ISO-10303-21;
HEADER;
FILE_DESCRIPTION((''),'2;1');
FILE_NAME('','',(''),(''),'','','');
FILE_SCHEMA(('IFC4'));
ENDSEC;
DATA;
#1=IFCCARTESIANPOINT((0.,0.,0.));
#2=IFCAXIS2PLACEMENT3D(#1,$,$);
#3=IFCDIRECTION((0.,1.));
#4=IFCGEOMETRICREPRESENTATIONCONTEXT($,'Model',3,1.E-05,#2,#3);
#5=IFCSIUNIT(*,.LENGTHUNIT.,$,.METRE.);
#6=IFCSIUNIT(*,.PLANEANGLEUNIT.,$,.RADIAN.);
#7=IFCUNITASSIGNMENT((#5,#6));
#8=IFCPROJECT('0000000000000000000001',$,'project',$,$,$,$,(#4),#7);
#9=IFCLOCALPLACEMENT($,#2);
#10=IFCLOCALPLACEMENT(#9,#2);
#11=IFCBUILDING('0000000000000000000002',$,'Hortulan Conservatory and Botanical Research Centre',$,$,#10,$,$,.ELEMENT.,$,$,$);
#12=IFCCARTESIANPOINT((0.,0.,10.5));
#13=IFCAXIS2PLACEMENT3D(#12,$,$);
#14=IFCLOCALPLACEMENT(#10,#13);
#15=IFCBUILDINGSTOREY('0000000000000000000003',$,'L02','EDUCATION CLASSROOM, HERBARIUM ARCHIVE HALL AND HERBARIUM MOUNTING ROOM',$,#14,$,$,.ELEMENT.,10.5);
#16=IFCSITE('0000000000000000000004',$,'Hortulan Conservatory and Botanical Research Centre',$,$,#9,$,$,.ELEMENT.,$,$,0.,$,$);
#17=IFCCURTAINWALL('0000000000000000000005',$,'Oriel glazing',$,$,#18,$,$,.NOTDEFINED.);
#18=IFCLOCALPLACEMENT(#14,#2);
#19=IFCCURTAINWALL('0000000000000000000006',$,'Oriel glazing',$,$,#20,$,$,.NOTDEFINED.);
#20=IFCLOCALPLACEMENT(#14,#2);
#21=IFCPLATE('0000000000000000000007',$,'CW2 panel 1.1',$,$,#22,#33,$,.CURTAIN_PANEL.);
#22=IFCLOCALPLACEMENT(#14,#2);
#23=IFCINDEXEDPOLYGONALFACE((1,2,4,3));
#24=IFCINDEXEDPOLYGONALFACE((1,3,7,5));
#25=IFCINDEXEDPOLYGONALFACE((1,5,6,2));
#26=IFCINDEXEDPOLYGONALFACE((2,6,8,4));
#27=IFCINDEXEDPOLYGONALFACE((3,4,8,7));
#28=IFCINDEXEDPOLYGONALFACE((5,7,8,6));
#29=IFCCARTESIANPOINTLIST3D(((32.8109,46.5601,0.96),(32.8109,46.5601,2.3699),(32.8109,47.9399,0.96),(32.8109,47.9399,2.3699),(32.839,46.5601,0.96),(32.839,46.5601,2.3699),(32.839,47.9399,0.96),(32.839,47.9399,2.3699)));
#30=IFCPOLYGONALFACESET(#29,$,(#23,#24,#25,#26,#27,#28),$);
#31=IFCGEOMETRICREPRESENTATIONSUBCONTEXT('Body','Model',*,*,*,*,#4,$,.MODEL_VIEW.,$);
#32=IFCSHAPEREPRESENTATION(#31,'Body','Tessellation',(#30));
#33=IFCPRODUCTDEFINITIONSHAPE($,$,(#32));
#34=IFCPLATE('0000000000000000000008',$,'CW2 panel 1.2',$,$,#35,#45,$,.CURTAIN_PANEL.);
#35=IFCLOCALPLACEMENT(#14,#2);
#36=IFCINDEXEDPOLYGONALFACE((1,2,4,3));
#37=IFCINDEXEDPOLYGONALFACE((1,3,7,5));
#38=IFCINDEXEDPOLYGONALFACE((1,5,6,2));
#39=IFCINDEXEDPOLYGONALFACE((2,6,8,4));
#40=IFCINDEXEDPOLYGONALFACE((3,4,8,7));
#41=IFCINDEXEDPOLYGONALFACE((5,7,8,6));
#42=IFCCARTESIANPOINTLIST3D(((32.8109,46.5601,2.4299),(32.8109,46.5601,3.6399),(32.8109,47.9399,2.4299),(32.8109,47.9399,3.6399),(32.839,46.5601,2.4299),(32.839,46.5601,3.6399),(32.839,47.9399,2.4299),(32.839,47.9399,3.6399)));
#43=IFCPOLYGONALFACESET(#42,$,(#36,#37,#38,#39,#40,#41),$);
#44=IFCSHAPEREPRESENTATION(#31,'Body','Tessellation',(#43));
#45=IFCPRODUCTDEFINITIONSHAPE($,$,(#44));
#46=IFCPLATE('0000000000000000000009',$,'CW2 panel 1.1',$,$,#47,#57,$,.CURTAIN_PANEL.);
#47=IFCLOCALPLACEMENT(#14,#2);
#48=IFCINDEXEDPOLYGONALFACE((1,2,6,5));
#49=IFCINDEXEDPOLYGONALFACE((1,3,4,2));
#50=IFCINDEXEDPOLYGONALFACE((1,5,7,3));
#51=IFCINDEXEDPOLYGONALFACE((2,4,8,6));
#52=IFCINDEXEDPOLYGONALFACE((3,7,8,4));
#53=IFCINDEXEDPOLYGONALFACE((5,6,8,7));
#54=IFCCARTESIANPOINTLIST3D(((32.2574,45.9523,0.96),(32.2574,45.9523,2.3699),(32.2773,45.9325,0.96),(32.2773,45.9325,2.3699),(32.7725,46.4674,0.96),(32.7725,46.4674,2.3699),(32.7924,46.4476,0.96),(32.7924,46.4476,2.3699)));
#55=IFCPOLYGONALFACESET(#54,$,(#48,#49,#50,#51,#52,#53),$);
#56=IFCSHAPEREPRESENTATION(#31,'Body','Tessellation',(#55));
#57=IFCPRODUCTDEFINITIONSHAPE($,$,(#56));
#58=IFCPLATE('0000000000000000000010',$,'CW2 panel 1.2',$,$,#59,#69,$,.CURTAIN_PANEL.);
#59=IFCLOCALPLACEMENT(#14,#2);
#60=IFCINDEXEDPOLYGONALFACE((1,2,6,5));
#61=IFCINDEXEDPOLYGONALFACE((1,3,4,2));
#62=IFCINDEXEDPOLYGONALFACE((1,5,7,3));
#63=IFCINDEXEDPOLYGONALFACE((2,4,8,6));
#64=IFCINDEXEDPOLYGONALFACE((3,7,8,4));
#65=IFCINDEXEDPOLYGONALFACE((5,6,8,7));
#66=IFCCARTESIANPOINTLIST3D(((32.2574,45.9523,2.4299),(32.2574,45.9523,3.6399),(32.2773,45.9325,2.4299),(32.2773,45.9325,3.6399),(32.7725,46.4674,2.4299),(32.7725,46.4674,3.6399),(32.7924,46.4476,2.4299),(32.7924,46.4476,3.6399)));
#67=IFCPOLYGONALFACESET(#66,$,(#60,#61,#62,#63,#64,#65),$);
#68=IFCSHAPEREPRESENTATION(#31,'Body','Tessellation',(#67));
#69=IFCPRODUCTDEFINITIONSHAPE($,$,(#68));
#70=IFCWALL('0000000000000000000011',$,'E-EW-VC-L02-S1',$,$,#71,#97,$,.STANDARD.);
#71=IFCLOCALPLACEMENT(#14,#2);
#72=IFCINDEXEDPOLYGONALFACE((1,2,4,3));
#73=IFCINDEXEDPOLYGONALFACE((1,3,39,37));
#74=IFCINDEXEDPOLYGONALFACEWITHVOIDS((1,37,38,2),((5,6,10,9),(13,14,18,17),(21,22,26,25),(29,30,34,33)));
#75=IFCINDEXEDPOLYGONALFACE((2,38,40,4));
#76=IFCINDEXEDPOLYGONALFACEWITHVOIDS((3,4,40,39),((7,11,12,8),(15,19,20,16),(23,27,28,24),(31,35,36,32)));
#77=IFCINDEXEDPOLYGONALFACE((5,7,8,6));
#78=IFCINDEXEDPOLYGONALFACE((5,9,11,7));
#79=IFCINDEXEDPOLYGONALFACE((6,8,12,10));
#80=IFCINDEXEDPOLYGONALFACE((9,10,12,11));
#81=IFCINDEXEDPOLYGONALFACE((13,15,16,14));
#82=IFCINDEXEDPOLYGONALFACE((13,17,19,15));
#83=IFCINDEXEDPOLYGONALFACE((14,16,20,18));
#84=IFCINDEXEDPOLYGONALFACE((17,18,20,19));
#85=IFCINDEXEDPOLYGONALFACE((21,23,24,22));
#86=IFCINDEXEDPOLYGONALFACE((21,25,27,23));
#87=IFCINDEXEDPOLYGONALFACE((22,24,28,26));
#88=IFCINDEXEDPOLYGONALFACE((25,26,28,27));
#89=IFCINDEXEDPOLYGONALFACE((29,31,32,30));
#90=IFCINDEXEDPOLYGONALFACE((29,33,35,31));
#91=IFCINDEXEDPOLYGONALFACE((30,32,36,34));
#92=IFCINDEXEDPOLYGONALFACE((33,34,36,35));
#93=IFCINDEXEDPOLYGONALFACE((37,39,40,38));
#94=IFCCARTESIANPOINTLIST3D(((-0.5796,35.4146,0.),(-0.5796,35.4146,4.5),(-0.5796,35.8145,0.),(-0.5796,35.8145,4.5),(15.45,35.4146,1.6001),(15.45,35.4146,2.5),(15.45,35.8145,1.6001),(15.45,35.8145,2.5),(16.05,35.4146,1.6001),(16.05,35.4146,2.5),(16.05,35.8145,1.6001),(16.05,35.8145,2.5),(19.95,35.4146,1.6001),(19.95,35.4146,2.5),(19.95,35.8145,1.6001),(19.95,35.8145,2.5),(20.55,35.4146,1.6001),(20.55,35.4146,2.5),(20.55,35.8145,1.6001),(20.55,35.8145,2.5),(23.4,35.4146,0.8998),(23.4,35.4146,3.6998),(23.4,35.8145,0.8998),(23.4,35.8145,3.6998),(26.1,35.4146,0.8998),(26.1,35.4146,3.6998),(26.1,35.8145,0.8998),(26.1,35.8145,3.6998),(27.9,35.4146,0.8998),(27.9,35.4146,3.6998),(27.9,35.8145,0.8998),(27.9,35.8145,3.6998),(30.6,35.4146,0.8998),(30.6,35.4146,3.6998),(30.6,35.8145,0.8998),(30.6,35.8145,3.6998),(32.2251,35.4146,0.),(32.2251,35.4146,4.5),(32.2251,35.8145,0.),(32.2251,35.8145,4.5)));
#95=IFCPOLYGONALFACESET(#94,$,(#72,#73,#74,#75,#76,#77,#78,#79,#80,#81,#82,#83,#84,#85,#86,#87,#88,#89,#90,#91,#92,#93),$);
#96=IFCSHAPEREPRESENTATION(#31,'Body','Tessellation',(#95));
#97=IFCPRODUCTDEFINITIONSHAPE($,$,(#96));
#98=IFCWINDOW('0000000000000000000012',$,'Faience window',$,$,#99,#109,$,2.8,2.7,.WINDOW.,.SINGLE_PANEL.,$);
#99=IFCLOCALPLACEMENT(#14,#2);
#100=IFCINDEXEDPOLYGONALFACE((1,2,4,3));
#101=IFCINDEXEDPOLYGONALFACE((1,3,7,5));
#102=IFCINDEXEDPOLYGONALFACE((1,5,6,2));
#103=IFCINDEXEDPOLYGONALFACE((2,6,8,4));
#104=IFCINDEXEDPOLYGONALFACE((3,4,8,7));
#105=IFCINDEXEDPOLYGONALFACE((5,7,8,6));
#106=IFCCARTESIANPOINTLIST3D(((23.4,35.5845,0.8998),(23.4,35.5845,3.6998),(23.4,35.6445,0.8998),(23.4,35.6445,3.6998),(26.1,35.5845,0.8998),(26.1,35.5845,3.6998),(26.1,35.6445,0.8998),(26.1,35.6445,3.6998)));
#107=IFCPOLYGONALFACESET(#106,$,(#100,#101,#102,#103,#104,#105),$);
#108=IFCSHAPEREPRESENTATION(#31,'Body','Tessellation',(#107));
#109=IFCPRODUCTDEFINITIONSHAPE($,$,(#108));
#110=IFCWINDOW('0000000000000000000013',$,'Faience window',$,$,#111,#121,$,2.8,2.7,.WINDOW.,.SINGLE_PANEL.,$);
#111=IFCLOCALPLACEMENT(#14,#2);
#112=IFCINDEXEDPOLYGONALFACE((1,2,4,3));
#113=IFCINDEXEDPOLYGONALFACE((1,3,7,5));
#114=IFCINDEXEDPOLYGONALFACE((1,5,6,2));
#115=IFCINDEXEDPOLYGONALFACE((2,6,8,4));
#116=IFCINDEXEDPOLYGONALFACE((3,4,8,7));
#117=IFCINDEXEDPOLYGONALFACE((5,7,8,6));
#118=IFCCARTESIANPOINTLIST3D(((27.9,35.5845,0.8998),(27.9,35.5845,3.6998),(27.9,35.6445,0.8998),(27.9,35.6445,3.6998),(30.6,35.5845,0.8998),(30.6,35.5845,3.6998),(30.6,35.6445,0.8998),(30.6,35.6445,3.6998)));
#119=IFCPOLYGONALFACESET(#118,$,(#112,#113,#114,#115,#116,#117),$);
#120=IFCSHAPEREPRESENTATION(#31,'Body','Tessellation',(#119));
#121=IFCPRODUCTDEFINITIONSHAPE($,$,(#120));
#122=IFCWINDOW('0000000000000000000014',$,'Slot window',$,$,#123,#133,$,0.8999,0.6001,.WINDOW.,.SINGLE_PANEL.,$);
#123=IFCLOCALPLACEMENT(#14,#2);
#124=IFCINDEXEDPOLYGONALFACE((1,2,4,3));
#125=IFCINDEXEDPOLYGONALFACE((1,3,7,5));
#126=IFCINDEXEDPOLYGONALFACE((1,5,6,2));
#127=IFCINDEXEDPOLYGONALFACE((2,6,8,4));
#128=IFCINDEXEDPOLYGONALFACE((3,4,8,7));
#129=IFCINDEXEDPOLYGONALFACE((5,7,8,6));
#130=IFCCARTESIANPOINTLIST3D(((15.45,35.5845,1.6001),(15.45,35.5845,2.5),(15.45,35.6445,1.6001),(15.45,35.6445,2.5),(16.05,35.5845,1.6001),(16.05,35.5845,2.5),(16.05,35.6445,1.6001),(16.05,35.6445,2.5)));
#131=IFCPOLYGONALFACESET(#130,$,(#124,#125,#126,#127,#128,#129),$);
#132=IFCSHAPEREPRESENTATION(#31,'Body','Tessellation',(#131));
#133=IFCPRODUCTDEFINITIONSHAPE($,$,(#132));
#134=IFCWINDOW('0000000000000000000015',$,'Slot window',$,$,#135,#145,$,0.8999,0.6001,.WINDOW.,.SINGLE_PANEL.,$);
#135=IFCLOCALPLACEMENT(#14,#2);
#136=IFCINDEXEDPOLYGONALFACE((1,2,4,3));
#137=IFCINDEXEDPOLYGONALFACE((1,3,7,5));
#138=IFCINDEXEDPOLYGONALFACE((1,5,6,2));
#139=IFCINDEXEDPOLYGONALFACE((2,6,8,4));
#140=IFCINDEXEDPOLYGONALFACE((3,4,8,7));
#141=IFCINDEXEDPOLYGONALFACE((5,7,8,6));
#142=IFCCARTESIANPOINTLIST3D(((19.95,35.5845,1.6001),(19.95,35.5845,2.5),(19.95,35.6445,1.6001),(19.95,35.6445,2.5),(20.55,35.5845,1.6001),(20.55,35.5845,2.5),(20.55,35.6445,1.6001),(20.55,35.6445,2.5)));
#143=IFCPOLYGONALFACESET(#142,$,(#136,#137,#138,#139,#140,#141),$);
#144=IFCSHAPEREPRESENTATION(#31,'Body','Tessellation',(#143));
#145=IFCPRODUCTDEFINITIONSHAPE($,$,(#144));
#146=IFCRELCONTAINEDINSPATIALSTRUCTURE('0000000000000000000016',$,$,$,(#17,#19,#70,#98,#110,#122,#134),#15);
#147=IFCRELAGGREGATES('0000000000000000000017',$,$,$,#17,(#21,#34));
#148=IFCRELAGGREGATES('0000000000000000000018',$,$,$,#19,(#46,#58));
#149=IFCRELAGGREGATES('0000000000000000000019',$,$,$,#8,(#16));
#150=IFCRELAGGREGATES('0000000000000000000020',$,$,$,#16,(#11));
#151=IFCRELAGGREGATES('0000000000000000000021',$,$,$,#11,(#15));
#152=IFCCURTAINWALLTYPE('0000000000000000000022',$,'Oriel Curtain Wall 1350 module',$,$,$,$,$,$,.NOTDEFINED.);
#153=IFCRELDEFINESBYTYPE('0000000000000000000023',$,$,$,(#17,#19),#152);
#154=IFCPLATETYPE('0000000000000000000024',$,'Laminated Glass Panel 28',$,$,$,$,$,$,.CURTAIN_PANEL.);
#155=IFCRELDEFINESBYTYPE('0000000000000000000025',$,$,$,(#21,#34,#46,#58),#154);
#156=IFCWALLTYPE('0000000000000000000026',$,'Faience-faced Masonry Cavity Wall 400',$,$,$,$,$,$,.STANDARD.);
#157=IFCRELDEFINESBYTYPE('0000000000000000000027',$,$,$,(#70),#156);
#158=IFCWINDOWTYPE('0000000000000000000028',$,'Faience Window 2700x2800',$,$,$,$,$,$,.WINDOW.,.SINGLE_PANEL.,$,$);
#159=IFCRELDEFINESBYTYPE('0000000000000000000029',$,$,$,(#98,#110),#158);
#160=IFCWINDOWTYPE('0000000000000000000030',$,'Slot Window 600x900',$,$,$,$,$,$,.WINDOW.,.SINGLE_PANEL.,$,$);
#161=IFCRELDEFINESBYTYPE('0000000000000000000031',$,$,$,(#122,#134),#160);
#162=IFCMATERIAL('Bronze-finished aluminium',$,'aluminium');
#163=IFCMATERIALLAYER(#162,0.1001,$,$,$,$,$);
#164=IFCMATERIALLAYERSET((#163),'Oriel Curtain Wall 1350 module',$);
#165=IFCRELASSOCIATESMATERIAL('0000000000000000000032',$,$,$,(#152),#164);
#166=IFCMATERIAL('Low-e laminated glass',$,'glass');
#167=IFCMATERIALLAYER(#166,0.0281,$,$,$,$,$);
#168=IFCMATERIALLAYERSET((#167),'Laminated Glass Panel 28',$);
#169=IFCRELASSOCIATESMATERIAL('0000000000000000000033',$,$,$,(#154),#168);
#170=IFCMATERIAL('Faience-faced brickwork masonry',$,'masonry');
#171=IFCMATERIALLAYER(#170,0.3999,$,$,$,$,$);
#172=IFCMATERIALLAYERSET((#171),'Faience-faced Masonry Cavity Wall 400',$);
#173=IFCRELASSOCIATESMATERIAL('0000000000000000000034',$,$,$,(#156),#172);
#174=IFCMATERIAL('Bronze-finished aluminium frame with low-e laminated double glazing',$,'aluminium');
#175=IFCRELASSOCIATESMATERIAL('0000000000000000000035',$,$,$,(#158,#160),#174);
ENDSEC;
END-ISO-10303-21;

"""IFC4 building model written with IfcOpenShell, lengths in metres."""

from ifc_helpers import new_model, si_unit, direction, frame, frame_2d, origin, origin_2d, place, context, subcontext, project, spatial, rectangle, extrude, material, layer, layer_set, type_object, element, fill, aggregate, save


model = new_model("IFC4")

# Units and contexts
model_context = context("Model", 3, precision=1e-05, world=origin(), true_north=direction((0.0, 1.0)))
body_context = subcontext(model_context, "Body", "Model", "MODEL_VIEW")
ifc_project = project(units=[si_unit("LENGTHUNIT", "METRE"), si_unit("PLANEANGLEUNIT", "RADIAN")], contexts=[model_context])

# Site, building, storey
site_placement = place(None, origin())
site = spatial("IfcSite", under=ifc_project, at=site_placement, Name="Hortulan Conservatory and Botanical Research Centre", CompositionType="ELEMENT", RefElevation=0.0)
building_placement = place(site_placement, origin())
building = spatial("IfcBuilding", under=site, at=building_placement, Name="Hortulan Conservatory and Botanical Research Centre", CompositionType="ELEMENT")
storey_placement = place(building_placement, frame((0.0, 0.0, 10.5)))
storey = spatial("IfcBuildingStorey", under=building, at=storey_placement, Name="L02", Description="EDUCATION CLASSROOM, HERBARIUM ARCHIVE HALL AND HERBARIUM MOUNTING ROOM", CompositionType="ELEMENT", Elevation=10.5)

# Shared definitions
ifc_material_1 = material(Name="Bronze-finished aluminium", Category="aluminium")
ifc_layer_1 = layer(ifc_material_1, 0.1001)
ifc_layer_set_1 = layer_set([ifc_layer_1], Name="Oriel Curtain Wall 1350 module")
curtain_wall_type = type_object("IfcCurtainWallType", Name="Oriel Curtain Wall 1350 module", PredefinedType="NOTDEFINED", material=ifc_layer_set_1)

# Curtain walls
curtain_wall_1_placement = place(storey_placement, origin())
curtain_wall_1 = element("IfcCurtainWall", 1, at=curtain_wall_1_placement, inside=storey, type_object=curtain_wall_type, Name="Oriel glazing", PredefinedType="NOTDEFINED")
curtain_wall_2_placement = place(storey_placement, origin())
curtain_wall_2 = element("IfcCurtainWall", 2, at=curtain_wall_2_placement, inside=storey, type_object=curtain_wall_type, Name="Oriel glazing", PredefinedType="NOTDEFINED")

# Plates
ifc_material_2 = material(Name="Low-e laminated glass", Category="glass")
ifc_layer_2 = layer(ifc_material_2, 0.0281)
ifc_layer_set_2 = layer_set([ifc_layer_2], Name="Laminated Glass Panel 28")
plate_type = type_object("IfcPlateType", Name="Laminated Glass Panel 28", PredefinedType="CURTAIN_PANEL", material=ifc_layer_set_2)
plate_1_placement = place(storey_placement, frame((32.825, 47.25, 0.96), z_axis=(0.0, 0.0, 1.0), x_axis=(0.0, -1.0, 0.0)))
plate_1 = element("IfcPlate", 3, at=plate_1_placement, type_object=plate_type, Name="CW2 panel 1.1", PredefinedType="CURTAIN_PANEL", context=body_context, shape_type="SweptSolid", body=[
    extrude(rectangle(XDim=1.3799, YDim=0.0281, at=origin_2d()), origin(), (0.0, 0.0, 1.0), 1.4099),
])
plate_2_placement = place(storey_placement, frame((32.825, 47.25, 2.4299), z_axis=(0.0, 0.0, 1.0), x_axis=(0.0, -1.0, 0.0)))
plate_2 = element("IfcPlate", 4, at=plate_2_placement, type_object=plate_type, Name="CW2 panel 1.2", PredefinedType="CURTAIN_PANEL", context=body_context, shape_type="SweptSolid", body=[
    extrude(rectangle(XDim=1.3799, YDim=0.0281, at=origin_2d()), origin(), (0.0, 0.0, 1.0), 1.21),
])
aggregate(curtain_wall_1, [plate_1, plate_2])
plate_3_placement = place(storey_placement, frame((32.5249, 46.2, 0.96), z_axis=(0.0, 0.0, 1.0), x_axis=(-0.707107, -0.707107, 0.0)))
plate_3 = element("IfcPlate", 5, at=plate_3_placement, type_object=plate_type, Name="CW2 panel 1.1", PredefinedType="CURTAIN_PANEL", context=body_context, shape_type="SweptSolid", body=[
    extrude(rectangle(XDim=0.7285, YDim=0.0281, at=origin_2d()), origin(), (0.0, 0.0, 1.0), 1.4099),
])
plate_4_placement = place(storey_placement, frame((32.5249, 46.2, 2.4299), z_axis=(0.0, 0.0, 1.0), x_axis=(-0.707107, -0.707107, 0.0)))
plate_4 = element("IfcPlate", 6, at=plate_4_placement, type_object=plate_type, Name="CW2 panel 1.2", PredefinedType="CURTAIN_PANEL", context=body_context, shape_type="SweptSolid", body=[
    extrude(rectangle(XDim=0.7285, YDim=0.0281, at=origin_2d()), origin(), (0.0, 0.0, 1.0), 1.21),
])
aggregate(curtain_wall_2, [plate_3, plate_4])

# Wall, openings, windows
ifc_material_3 = material(Name="Faience-faced brickwork masonry", Category="masonry")
ifc_layer_3 = layer(ifc_material_3, 0.3999)
ifc_layer_set_3 = layer_set([ifc_layer_3], Name="Faience-faced Masonry Cavity Wall 400")
wall_type = type_object("IfcWallType", Name="Faience-faced Masonry Cavity Wall 400", PredefinedType="STANDARD", material=ifc_layer_set_3)
wall_placement = place(storey_placement, frame((32.2251, 35.6145, 0.0), z_axis=(0.0, 0.0, 1.0), x_axis=(-1.0, 0.0, 0.0)))
wall = element("IfcWall", 7, at=wall_placement, inside=storey, type_object=wall_type, Name="E-EW-VC-L02-S1", PredefinedType="STANDARD", context=body_context, shape_type="SweptSolid", body=[
    extrude(rectangle(XDim=32.8047, YDim=0.3999, at=frame_2d((16.4023, 0.0))), origin(), (0.0, 0.0, 1.0), 4.5),
])
opening_1_placement = place(wall_placement, frame((16.175, 0.0, 1.6001)))
opening_1 = element("IfcOpeningElement", 8, at=opening_1_placement, cuts=wall, PredefinedType="OPENING", context=body_context, shape_type="SweptSolid", body=[
    extrude(rectangle(XDim=0.6001, YDim=0.8999, at=frame_2d((0.3, 0.45))), frame((0.0, 0.21, 0.0), z_axis=(0.0, -1.0, 0.0), x_axis=(1.0, 0.0, 0.0)), (0.0, 0.0, 1.0), 0.4199),
])
opening_2_placement = place(wall_placement, frame((11.675, 0.0, 1.6001)))
opening_2 = element("IfcOpeningElement", 9, at=opening_2_placement, cuts=wall, PredefinedType="OPENING", context=body_context, shape_type="SweptSolid", body=[
    extrude(rectangle(XDim=0.6001, YDim=0.8999, at=frame_2d((0.3, 0.45))), frame((0.0, 0.21, 0.0), z_axis=(0.0, -1.0, 0.0), x_axis=(1.0, 0.0, 0.0)), (0.0, 0.0, 1.0), 0.4199),
])
opening_3_placement = place(wall_placement, frame((6.125, 0.0, 0.8999)))
opening_3 = element("IfcOpeningElement", 10, at=opening_3_placement, cuts=wall, PredefinedType="OPENING", context=body_context, shape_type="SweptSolid", body=[
    extrude(rectangle(XDim=2.7, YDim=2.8, at=frame_2d((1.3501, 1.3999))), frame((0.0, 0.21, 0.0), z_axis=(0.0, -1.0, 0.0), x_axis=(1.0, 0.0, 0.0)), (0.0, 0.0, 1.0), 0.4199),
])
opening_4_placement = place(wall_placement, frame((1.625, 0.0, 0.8999)))
opening_4 = element("IfcOpeningElement", 11, at=opening_4_placement, cuts=wall, PredefinedType="OPENING", context=body_context, shape_type="SweptSolid", body=[
    extrude(rectangle(XDim=2.7, YDim=2.8, at=frame_2d((1.3501, 1.3999))), frame((0.0, 0.21, 0.0), z_axis=(0.0, -1.0, 0.0), x_axis=(1.0, 0.0, 0.0)), (0.0, 0.0, 1.0), 0.4199),
])
ifc_material_4 = material(Name="Bronze-finished aluminium frame with low-e laminated double glazing", Category="aluminium")
window_type_1 = type_object("IfcWindowType", Name="Faience Window 2700x2800", PartitioningType="SINGLE_PANEL", PredefinedType="WINDOW", material=ifc_material_4)
window_1_placement = place(opening_3_placement, origin())
window_1 = element("IfcWindow", 12, at=window_1_placement, inside=storey, type_object=window_type_1, Name="Faience window", OverallHeight=2.8, OverallWidth=2.7, PartitioningType="SINGLE_PANEL", PredefinedType="WINDOW", context=body_context, shape_type="SweptSolid", body=[
    extrude(rectangle(XDim=2.7, YDim=2.8, at=frame_2d((1.3501, 1.3999))), frame((0.0, 0.03, 0.0), z_axis=(0.0, -1.0, 0.0), x_axis=(1.0, 0.0, 0.0)), (0.0, 0.0, 1.0), 0.0601),
])
fill(opening_3, window_1)
window_2_placement = place(opening_4_placement, origin())
window_2 = element("IfcWindow", 13, at=window_2_placement, inside=storey, type_object=window_type_1, Name="Faience window", OverallHeight=2.8, OverallWidth=2.7, PartitioningType="SINGLE_PANEL", PredefinedType="WINDOW", context=body_context, shape_type="SweptSolid", body=[
    extrude(rectangle(XDim=2.7, YDim=2.8, at=frame_2d((1.3501, 1.3999))), frame((0.0, 0.03, 0.0), z_axis=(0.0, -1.0, 0.0), x_axis=(1.0, 0.0, 0.0)), (0.0, 0.0, 1.0), 0.0601),
])
fill(opening_4, window_2)
window_type_2 = type_object("IfcWindowType", Name="Slot Window 600x900", PartitioningType="SINGLE_PANEL", PredefinedType="WINDOW", material=ifc_material_4)
window_3_placement = place(opening_1_placement, origin())
window_3 = element("IfcWindow", 14, at=window_3_placement, inside=storey, type_object=window_type_2, Name="Slot window", OverallHeight=0.8999, OverallWidth=0.6001, PartitioningType="SINGLE_PANEL", PredefinedType="WINDOW", context=body_context, shape_type="SweptSolid", body=[
    extrude(rectangle(XDim=0.6001, YDim=0.8999, at=frame_2d((0.3, 0.45))), frame((0.0, 0.03, 0.0), z_axis=(0.0, -1.0, 0.0), x_axis=(1.0, 0.0, 0.0)), (0.0, 0.0, 1.0), 0.0601),
])
fill(opening_1, window_3)
window_4_placement = place(opening_2_placement, origin())
window_4 = element("IfcWindow", 15, at=window_4_placement, inside=storey, type_object=window_type_2, Name="Slot window", OverallHeight=0.8999, OverallWidth=0.6001, PartitioningType="SINGLE_PANEL", PredefinedType="WINDOW", context=body_context, shape_type="SweptSolid", body=[
    extrude(rectangle(XDim=0.6001, YDim=0.8999, at=frame_2d((0.3, 0.45))), frame((0.0, 0.03, 0.0), z_axis=(0.0, -1.0, 0.0), x_axis=(1.0, 0.0, 0.0)), (0.0, 0.0, 1.0), 0.0601),
])
fill(opening_2, window_4)

save(model, "model.ifc")
